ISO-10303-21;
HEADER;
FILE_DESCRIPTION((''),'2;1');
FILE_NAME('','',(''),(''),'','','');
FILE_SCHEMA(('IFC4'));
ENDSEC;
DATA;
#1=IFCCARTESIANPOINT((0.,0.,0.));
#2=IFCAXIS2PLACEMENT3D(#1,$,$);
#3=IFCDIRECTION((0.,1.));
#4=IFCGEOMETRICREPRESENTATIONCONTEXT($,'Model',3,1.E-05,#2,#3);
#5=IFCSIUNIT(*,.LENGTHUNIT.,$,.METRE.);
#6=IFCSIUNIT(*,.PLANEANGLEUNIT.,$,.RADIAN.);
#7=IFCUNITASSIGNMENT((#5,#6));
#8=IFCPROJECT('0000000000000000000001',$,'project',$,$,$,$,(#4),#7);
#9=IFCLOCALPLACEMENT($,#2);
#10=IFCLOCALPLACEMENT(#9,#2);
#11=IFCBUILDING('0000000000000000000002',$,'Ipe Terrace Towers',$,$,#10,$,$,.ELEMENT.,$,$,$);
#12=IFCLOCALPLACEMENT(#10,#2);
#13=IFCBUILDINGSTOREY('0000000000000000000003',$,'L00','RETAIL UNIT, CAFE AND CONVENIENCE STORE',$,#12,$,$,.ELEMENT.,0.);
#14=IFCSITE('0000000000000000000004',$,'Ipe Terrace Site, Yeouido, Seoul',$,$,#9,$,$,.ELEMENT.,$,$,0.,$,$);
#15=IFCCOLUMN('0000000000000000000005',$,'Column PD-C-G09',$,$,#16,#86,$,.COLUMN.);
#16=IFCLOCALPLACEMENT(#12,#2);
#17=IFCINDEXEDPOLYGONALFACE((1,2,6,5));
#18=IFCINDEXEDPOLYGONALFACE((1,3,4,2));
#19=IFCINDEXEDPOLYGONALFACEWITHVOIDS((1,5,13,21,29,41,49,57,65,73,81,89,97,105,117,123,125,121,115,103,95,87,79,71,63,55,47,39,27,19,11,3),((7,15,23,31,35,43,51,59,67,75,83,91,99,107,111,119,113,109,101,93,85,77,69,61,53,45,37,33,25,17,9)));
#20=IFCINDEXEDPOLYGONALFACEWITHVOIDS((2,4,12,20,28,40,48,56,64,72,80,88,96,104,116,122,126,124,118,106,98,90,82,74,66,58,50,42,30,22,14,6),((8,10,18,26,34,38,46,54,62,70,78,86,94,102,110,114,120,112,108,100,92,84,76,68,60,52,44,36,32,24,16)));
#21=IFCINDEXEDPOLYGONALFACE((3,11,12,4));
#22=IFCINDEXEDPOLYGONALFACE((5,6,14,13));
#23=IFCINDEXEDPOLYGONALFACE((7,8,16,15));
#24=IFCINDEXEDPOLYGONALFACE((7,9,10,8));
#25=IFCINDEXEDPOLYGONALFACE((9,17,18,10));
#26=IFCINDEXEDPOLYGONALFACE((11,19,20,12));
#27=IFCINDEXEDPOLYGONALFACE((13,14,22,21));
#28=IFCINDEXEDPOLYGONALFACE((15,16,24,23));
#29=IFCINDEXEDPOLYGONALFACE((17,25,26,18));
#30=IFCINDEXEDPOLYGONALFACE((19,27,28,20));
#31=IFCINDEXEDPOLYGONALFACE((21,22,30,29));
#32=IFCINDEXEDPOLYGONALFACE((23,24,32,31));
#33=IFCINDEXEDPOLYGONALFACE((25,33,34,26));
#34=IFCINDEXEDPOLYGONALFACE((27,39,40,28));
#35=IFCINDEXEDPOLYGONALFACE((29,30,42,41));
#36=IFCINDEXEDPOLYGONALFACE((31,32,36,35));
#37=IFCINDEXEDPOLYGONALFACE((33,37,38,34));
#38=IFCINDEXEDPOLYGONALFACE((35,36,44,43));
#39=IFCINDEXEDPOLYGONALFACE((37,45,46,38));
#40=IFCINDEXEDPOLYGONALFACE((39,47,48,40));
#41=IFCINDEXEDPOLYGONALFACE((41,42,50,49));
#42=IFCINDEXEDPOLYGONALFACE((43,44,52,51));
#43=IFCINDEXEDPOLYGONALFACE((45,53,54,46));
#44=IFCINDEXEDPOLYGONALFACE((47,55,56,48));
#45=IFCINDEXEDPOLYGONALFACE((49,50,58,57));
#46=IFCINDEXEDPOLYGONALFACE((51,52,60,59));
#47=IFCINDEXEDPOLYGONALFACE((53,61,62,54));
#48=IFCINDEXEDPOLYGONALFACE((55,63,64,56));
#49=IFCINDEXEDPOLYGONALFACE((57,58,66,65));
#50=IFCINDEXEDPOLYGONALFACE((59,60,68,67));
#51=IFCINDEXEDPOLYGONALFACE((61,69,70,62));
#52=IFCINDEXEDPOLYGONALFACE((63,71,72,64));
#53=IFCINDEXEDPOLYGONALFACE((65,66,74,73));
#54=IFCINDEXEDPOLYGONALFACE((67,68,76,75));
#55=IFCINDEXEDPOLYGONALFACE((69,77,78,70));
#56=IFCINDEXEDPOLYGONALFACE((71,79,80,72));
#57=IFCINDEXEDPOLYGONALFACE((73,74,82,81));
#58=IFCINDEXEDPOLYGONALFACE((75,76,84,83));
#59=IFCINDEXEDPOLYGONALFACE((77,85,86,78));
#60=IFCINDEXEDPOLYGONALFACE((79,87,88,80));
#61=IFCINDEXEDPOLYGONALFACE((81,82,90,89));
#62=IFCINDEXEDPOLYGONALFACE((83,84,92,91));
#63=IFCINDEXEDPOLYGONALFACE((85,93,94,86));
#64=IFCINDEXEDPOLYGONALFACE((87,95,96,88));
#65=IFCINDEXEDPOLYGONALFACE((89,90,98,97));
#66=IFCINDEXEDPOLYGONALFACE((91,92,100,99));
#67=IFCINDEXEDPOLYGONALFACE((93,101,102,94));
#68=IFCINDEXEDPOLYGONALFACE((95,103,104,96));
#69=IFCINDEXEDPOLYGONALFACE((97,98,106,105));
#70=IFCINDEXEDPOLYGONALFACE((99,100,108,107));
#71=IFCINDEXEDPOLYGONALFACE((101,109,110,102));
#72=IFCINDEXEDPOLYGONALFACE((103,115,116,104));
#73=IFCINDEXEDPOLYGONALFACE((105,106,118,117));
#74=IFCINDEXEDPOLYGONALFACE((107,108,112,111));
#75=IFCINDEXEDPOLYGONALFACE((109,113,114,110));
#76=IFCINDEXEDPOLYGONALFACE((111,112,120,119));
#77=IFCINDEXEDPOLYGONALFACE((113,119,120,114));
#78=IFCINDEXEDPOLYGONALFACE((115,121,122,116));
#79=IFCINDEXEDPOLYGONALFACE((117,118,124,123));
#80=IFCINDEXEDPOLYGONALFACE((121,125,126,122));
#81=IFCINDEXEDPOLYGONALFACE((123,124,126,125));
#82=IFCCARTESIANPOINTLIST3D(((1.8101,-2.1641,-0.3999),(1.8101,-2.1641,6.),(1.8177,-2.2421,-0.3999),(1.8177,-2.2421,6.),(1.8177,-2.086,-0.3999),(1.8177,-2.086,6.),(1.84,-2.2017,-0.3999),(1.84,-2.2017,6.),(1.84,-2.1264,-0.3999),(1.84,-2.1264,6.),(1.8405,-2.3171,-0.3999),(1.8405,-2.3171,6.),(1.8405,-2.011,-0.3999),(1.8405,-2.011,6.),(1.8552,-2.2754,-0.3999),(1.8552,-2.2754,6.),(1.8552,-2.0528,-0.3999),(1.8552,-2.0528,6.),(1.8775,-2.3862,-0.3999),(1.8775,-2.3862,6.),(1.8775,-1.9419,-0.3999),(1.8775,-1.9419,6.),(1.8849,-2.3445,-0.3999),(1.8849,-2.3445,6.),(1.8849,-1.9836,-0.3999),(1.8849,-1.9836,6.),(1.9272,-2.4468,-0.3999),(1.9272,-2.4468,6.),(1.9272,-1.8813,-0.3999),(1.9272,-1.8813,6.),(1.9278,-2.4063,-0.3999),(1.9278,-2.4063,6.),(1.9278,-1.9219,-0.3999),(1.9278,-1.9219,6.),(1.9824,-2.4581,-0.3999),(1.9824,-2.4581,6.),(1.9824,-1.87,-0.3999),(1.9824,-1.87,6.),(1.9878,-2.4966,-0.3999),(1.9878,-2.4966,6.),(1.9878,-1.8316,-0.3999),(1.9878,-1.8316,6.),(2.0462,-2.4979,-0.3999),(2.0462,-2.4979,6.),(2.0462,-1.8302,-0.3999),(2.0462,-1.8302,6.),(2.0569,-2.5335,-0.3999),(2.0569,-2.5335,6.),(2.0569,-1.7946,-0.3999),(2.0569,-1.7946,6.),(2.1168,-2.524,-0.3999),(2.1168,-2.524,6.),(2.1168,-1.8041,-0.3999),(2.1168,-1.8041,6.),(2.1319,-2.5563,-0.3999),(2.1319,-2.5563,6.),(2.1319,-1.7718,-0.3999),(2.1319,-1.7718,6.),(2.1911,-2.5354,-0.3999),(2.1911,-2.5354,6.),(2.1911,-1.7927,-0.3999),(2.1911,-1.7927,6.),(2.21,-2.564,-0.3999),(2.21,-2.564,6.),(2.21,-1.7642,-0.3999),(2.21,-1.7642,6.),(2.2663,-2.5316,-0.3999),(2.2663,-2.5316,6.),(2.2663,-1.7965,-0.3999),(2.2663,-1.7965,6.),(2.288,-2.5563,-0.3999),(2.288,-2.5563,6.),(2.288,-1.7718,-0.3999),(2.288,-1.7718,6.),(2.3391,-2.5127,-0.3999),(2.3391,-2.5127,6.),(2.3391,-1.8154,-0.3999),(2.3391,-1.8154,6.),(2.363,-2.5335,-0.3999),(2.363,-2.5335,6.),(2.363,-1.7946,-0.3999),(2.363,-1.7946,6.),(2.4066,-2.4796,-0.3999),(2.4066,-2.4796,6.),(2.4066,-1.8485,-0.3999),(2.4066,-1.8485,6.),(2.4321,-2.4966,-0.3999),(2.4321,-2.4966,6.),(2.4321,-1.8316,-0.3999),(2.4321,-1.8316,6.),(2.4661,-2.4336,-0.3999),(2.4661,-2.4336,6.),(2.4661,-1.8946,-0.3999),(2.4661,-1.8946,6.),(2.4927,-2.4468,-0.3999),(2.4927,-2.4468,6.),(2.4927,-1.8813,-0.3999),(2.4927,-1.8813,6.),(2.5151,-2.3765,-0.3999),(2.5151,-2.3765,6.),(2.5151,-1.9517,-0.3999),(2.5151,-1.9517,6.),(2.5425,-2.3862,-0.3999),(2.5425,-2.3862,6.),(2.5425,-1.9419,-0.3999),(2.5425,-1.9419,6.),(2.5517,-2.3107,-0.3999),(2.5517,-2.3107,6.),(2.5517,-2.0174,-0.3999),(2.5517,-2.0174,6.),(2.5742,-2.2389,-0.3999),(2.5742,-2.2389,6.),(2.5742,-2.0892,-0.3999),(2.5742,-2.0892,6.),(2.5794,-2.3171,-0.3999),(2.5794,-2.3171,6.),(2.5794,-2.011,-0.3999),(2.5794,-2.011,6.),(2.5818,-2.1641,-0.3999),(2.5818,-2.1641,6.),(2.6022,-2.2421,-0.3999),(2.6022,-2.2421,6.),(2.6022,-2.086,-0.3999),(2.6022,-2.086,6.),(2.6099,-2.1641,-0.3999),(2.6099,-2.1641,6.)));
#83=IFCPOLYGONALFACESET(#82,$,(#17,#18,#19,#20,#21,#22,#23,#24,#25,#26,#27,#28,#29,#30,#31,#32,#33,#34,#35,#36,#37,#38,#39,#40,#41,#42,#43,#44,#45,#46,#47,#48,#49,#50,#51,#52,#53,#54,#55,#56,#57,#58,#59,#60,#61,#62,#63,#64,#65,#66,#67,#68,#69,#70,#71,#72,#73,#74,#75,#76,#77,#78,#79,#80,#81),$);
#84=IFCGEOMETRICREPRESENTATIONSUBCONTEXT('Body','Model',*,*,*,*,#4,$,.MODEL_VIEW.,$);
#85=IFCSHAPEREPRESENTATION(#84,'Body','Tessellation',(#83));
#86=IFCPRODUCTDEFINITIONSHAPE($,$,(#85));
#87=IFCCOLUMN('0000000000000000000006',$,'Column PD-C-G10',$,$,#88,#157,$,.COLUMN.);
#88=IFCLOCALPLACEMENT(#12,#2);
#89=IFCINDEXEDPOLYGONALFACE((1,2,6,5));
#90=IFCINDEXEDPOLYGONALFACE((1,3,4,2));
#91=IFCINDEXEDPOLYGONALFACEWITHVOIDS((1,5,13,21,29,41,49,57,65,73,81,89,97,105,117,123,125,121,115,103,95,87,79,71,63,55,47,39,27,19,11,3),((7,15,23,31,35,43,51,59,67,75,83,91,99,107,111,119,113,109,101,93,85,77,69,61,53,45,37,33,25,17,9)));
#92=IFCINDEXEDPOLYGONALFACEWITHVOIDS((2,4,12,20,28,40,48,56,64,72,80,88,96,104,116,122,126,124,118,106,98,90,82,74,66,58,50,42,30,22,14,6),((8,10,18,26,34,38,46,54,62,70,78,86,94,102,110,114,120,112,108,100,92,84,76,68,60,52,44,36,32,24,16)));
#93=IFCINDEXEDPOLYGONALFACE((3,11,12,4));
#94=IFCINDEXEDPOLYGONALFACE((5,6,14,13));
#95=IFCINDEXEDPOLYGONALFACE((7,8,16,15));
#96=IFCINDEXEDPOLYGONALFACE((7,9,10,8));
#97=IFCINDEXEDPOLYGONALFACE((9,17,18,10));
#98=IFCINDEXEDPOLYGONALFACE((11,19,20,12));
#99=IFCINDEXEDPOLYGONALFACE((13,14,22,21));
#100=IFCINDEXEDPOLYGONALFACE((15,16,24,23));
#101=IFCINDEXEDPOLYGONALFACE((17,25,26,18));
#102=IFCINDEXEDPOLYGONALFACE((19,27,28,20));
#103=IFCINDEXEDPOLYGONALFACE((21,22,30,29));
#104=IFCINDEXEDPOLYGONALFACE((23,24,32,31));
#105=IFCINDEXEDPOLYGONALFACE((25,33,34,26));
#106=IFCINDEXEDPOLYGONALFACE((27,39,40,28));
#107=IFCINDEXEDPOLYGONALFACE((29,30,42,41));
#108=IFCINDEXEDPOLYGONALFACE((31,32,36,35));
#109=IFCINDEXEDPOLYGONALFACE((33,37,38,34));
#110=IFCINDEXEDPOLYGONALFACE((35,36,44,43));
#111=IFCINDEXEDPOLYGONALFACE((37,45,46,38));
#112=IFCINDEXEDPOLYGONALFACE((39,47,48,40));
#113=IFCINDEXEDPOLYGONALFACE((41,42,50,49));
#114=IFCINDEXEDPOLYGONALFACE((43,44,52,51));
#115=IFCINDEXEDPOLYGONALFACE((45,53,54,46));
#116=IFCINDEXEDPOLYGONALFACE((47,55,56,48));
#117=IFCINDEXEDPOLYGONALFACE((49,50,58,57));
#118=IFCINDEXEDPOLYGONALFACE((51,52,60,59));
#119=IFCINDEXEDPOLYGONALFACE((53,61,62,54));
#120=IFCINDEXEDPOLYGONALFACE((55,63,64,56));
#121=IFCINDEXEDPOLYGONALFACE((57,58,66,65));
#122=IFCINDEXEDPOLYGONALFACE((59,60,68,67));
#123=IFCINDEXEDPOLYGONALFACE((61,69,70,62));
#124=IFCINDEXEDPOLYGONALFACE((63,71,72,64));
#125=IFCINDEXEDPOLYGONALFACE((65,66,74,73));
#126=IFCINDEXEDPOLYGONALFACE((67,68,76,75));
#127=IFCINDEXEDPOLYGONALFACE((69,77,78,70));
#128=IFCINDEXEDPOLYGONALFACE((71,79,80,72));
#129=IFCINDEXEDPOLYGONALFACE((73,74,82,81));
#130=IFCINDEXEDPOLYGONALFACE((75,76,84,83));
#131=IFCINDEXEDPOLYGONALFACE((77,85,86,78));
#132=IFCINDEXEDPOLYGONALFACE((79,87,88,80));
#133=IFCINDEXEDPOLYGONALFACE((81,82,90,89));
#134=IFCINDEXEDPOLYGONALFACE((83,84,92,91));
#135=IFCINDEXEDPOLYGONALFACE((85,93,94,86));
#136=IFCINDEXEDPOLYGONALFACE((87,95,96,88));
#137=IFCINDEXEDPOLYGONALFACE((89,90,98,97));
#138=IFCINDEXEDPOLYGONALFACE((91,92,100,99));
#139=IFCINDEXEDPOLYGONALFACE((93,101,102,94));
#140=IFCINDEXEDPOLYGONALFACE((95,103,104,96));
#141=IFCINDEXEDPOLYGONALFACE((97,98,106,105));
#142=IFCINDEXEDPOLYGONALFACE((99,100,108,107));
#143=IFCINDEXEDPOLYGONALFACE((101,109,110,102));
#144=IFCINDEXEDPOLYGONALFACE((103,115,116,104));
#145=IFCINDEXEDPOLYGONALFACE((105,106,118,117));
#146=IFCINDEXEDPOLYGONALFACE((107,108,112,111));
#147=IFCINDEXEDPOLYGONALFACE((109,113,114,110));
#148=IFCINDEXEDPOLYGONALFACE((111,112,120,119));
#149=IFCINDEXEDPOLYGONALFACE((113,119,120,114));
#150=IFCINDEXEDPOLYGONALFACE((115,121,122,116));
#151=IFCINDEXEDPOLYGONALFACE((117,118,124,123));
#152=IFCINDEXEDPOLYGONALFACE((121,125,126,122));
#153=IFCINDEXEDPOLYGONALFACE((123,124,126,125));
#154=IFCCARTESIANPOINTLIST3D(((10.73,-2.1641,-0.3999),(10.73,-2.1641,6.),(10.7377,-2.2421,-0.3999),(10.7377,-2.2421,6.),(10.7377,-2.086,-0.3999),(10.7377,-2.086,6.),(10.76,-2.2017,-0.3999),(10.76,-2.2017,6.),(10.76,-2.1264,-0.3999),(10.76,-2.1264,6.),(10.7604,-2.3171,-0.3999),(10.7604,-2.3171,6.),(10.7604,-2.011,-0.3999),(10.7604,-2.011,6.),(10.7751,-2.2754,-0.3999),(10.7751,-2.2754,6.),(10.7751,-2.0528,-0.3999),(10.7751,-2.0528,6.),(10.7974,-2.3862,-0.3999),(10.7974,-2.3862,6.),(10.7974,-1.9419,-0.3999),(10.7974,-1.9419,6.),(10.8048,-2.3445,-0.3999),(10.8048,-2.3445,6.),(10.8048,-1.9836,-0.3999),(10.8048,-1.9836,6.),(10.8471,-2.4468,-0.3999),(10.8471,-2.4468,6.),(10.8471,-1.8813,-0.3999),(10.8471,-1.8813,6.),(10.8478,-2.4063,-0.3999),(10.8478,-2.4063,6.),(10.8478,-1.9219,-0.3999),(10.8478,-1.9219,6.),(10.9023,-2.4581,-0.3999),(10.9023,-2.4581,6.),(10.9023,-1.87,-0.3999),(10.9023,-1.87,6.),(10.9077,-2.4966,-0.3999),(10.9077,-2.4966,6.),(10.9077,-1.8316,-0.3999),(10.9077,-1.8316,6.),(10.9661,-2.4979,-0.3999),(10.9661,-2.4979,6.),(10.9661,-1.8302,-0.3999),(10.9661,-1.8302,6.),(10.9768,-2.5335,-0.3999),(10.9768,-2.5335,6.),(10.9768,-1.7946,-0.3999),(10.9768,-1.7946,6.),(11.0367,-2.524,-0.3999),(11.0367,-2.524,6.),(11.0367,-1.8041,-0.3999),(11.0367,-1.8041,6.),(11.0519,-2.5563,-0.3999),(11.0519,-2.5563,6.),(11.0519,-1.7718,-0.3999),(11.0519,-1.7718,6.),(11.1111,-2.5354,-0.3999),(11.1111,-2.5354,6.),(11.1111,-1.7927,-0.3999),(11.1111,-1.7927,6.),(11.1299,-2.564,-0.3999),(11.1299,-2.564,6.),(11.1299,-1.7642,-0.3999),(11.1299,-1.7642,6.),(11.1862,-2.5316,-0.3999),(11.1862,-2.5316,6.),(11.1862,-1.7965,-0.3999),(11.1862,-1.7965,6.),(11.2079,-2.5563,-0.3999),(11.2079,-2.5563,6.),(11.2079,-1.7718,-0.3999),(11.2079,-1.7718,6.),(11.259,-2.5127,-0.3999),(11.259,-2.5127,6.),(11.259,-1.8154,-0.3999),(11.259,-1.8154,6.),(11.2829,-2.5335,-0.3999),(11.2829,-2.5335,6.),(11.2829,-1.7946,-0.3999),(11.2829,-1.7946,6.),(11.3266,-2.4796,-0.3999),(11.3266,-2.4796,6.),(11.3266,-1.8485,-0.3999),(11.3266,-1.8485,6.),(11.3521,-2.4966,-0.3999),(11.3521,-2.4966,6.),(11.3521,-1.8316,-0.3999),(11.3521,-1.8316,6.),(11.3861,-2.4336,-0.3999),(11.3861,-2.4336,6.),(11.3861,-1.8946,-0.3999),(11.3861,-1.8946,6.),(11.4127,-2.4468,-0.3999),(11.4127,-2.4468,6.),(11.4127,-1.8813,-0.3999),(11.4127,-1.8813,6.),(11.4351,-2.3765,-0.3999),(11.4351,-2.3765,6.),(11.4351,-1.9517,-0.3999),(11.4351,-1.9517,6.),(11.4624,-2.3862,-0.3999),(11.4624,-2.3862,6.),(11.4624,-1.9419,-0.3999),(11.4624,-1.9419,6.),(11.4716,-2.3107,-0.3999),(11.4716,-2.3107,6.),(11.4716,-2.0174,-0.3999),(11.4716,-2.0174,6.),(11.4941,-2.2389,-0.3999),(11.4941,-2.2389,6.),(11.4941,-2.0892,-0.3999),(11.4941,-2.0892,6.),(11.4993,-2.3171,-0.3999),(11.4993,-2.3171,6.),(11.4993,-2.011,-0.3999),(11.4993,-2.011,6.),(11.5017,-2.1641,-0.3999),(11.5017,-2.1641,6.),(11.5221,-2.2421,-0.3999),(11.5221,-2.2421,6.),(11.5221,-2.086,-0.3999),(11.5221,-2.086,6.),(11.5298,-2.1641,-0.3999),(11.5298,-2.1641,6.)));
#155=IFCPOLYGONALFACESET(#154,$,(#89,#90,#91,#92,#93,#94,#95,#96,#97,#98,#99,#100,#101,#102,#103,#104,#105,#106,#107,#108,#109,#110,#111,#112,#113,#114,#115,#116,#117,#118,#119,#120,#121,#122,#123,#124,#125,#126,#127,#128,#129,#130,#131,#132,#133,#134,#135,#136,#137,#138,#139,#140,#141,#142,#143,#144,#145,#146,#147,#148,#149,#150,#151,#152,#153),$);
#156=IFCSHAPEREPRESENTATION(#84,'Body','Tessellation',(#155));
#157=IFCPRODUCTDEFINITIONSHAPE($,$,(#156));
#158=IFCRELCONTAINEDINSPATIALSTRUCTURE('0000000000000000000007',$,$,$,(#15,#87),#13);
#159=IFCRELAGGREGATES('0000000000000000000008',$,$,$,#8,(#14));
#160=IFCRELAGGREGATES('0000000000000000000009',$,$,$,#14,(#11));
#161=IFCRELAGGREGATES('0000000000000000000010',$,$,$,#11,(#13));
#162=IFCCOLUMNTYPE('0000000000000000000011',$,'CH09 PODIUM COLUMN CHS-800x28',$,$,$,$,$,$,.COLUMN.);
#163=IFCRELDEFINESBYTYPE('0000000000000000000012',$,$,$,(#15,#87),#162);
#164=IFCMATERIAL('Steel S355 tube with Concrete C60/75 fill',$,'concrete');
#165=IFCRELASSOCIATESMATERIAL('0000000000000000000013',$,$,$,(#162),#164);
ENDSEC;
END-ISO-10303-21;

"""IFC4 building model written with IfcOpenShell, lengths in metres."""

from ifc_helpers import new_model, si_unit, direction, frame, origin, origin_2d, place, context, subcontext, project, spatial, hollow_circle, extrude, material, material_profile, profile_set, type_object, element, save


model = new_model("IFC4")

# Units and contexts
model_context = context("Model", 3, precision=1e-05, world=origin(), true_north=direction((0.0, 1.0)))
body_context = subcontext(model_context, "Body", "Model", "MODEL_VIEW")
ifc_project = project(units=[si_unit("LENGTHUNIT", "METRE"), si_unit("PLANEANGLEUNIT", "RADIAN")], contexts=[model_context])

# Site, building, storey
site_placement = place(None, origin())
site = spatial("IfcSite", under=ifc_project, at=site_placement, Name="Ipe Terrace Site, Yeouido, Seoul", CompositionType="ELEMENT", RefElevation=0.0)
building_placement = place(site_placement, origin())
building = spatial("IfcBuilding", under=site, at=building_placement, Name="Ipe Terrace Towers", CompositionType="ELEMENT")
storey_placement = place(building_placement, origin())
storey = spatial("IfcBuildingStorey", under=building, at=storey_placement, Name="L00", Description="RETAIL UNIT, CAFE AND CONVENIENCE STORE", CompositionType="ELEMENT", Elevation=0.0)

# Columns
ifc_material_1 = material(Name="Steel S355 tube with Concrete C60/75 fill", Category="concrete")
ifc_material_profile_1 = material_profile(ifc_material_1, hollow_circle(Radius=0.3999, WallThickness=0.0281, at=origin_2d()), Name="CHS-800x28")
ifc_profile_set_1 = profile_set([ifc_material_profile_1], Name="Steel S355 tube with Concrete C60/75 fill")
column_type_1 = type_object("IfcColumnType", Name="CH09 PODIUM COLUMN CHS-800x28", PredefinedType="COLUMN", material=ifc_profile_set_1)
for number, where, z_axis, x_axis, name in (
    (1, (2.21, -2.1641, -0.3999), (0.0, 0.0, 1.0), (1.0, 0.0, 0.0), "Column PD-C-G09"),
    (2, (11.1299, -2.1641, -0.3999), (0.0, 0.0, 1.0), (1.0, 0.0, 0.0), "Column PD-C-G10"),
):
    element("IfcColumn", number, at=place(storey_placement, frame(where, z_axis=z_axis, x_axis=x_axis)), inside=storey, type_object=column_type_1, Name=name, PredefinedType="COLUMN", context=body_context, shape_type="SweptSolid", body=[
        extrude(hollow_circle(Radius=0.3999, WallThickness=0.0281, at=origin_2d()), origin(), (0.0, 0.0, 1.0), 6.3999),
    ])

save(model, "model.ifc")
